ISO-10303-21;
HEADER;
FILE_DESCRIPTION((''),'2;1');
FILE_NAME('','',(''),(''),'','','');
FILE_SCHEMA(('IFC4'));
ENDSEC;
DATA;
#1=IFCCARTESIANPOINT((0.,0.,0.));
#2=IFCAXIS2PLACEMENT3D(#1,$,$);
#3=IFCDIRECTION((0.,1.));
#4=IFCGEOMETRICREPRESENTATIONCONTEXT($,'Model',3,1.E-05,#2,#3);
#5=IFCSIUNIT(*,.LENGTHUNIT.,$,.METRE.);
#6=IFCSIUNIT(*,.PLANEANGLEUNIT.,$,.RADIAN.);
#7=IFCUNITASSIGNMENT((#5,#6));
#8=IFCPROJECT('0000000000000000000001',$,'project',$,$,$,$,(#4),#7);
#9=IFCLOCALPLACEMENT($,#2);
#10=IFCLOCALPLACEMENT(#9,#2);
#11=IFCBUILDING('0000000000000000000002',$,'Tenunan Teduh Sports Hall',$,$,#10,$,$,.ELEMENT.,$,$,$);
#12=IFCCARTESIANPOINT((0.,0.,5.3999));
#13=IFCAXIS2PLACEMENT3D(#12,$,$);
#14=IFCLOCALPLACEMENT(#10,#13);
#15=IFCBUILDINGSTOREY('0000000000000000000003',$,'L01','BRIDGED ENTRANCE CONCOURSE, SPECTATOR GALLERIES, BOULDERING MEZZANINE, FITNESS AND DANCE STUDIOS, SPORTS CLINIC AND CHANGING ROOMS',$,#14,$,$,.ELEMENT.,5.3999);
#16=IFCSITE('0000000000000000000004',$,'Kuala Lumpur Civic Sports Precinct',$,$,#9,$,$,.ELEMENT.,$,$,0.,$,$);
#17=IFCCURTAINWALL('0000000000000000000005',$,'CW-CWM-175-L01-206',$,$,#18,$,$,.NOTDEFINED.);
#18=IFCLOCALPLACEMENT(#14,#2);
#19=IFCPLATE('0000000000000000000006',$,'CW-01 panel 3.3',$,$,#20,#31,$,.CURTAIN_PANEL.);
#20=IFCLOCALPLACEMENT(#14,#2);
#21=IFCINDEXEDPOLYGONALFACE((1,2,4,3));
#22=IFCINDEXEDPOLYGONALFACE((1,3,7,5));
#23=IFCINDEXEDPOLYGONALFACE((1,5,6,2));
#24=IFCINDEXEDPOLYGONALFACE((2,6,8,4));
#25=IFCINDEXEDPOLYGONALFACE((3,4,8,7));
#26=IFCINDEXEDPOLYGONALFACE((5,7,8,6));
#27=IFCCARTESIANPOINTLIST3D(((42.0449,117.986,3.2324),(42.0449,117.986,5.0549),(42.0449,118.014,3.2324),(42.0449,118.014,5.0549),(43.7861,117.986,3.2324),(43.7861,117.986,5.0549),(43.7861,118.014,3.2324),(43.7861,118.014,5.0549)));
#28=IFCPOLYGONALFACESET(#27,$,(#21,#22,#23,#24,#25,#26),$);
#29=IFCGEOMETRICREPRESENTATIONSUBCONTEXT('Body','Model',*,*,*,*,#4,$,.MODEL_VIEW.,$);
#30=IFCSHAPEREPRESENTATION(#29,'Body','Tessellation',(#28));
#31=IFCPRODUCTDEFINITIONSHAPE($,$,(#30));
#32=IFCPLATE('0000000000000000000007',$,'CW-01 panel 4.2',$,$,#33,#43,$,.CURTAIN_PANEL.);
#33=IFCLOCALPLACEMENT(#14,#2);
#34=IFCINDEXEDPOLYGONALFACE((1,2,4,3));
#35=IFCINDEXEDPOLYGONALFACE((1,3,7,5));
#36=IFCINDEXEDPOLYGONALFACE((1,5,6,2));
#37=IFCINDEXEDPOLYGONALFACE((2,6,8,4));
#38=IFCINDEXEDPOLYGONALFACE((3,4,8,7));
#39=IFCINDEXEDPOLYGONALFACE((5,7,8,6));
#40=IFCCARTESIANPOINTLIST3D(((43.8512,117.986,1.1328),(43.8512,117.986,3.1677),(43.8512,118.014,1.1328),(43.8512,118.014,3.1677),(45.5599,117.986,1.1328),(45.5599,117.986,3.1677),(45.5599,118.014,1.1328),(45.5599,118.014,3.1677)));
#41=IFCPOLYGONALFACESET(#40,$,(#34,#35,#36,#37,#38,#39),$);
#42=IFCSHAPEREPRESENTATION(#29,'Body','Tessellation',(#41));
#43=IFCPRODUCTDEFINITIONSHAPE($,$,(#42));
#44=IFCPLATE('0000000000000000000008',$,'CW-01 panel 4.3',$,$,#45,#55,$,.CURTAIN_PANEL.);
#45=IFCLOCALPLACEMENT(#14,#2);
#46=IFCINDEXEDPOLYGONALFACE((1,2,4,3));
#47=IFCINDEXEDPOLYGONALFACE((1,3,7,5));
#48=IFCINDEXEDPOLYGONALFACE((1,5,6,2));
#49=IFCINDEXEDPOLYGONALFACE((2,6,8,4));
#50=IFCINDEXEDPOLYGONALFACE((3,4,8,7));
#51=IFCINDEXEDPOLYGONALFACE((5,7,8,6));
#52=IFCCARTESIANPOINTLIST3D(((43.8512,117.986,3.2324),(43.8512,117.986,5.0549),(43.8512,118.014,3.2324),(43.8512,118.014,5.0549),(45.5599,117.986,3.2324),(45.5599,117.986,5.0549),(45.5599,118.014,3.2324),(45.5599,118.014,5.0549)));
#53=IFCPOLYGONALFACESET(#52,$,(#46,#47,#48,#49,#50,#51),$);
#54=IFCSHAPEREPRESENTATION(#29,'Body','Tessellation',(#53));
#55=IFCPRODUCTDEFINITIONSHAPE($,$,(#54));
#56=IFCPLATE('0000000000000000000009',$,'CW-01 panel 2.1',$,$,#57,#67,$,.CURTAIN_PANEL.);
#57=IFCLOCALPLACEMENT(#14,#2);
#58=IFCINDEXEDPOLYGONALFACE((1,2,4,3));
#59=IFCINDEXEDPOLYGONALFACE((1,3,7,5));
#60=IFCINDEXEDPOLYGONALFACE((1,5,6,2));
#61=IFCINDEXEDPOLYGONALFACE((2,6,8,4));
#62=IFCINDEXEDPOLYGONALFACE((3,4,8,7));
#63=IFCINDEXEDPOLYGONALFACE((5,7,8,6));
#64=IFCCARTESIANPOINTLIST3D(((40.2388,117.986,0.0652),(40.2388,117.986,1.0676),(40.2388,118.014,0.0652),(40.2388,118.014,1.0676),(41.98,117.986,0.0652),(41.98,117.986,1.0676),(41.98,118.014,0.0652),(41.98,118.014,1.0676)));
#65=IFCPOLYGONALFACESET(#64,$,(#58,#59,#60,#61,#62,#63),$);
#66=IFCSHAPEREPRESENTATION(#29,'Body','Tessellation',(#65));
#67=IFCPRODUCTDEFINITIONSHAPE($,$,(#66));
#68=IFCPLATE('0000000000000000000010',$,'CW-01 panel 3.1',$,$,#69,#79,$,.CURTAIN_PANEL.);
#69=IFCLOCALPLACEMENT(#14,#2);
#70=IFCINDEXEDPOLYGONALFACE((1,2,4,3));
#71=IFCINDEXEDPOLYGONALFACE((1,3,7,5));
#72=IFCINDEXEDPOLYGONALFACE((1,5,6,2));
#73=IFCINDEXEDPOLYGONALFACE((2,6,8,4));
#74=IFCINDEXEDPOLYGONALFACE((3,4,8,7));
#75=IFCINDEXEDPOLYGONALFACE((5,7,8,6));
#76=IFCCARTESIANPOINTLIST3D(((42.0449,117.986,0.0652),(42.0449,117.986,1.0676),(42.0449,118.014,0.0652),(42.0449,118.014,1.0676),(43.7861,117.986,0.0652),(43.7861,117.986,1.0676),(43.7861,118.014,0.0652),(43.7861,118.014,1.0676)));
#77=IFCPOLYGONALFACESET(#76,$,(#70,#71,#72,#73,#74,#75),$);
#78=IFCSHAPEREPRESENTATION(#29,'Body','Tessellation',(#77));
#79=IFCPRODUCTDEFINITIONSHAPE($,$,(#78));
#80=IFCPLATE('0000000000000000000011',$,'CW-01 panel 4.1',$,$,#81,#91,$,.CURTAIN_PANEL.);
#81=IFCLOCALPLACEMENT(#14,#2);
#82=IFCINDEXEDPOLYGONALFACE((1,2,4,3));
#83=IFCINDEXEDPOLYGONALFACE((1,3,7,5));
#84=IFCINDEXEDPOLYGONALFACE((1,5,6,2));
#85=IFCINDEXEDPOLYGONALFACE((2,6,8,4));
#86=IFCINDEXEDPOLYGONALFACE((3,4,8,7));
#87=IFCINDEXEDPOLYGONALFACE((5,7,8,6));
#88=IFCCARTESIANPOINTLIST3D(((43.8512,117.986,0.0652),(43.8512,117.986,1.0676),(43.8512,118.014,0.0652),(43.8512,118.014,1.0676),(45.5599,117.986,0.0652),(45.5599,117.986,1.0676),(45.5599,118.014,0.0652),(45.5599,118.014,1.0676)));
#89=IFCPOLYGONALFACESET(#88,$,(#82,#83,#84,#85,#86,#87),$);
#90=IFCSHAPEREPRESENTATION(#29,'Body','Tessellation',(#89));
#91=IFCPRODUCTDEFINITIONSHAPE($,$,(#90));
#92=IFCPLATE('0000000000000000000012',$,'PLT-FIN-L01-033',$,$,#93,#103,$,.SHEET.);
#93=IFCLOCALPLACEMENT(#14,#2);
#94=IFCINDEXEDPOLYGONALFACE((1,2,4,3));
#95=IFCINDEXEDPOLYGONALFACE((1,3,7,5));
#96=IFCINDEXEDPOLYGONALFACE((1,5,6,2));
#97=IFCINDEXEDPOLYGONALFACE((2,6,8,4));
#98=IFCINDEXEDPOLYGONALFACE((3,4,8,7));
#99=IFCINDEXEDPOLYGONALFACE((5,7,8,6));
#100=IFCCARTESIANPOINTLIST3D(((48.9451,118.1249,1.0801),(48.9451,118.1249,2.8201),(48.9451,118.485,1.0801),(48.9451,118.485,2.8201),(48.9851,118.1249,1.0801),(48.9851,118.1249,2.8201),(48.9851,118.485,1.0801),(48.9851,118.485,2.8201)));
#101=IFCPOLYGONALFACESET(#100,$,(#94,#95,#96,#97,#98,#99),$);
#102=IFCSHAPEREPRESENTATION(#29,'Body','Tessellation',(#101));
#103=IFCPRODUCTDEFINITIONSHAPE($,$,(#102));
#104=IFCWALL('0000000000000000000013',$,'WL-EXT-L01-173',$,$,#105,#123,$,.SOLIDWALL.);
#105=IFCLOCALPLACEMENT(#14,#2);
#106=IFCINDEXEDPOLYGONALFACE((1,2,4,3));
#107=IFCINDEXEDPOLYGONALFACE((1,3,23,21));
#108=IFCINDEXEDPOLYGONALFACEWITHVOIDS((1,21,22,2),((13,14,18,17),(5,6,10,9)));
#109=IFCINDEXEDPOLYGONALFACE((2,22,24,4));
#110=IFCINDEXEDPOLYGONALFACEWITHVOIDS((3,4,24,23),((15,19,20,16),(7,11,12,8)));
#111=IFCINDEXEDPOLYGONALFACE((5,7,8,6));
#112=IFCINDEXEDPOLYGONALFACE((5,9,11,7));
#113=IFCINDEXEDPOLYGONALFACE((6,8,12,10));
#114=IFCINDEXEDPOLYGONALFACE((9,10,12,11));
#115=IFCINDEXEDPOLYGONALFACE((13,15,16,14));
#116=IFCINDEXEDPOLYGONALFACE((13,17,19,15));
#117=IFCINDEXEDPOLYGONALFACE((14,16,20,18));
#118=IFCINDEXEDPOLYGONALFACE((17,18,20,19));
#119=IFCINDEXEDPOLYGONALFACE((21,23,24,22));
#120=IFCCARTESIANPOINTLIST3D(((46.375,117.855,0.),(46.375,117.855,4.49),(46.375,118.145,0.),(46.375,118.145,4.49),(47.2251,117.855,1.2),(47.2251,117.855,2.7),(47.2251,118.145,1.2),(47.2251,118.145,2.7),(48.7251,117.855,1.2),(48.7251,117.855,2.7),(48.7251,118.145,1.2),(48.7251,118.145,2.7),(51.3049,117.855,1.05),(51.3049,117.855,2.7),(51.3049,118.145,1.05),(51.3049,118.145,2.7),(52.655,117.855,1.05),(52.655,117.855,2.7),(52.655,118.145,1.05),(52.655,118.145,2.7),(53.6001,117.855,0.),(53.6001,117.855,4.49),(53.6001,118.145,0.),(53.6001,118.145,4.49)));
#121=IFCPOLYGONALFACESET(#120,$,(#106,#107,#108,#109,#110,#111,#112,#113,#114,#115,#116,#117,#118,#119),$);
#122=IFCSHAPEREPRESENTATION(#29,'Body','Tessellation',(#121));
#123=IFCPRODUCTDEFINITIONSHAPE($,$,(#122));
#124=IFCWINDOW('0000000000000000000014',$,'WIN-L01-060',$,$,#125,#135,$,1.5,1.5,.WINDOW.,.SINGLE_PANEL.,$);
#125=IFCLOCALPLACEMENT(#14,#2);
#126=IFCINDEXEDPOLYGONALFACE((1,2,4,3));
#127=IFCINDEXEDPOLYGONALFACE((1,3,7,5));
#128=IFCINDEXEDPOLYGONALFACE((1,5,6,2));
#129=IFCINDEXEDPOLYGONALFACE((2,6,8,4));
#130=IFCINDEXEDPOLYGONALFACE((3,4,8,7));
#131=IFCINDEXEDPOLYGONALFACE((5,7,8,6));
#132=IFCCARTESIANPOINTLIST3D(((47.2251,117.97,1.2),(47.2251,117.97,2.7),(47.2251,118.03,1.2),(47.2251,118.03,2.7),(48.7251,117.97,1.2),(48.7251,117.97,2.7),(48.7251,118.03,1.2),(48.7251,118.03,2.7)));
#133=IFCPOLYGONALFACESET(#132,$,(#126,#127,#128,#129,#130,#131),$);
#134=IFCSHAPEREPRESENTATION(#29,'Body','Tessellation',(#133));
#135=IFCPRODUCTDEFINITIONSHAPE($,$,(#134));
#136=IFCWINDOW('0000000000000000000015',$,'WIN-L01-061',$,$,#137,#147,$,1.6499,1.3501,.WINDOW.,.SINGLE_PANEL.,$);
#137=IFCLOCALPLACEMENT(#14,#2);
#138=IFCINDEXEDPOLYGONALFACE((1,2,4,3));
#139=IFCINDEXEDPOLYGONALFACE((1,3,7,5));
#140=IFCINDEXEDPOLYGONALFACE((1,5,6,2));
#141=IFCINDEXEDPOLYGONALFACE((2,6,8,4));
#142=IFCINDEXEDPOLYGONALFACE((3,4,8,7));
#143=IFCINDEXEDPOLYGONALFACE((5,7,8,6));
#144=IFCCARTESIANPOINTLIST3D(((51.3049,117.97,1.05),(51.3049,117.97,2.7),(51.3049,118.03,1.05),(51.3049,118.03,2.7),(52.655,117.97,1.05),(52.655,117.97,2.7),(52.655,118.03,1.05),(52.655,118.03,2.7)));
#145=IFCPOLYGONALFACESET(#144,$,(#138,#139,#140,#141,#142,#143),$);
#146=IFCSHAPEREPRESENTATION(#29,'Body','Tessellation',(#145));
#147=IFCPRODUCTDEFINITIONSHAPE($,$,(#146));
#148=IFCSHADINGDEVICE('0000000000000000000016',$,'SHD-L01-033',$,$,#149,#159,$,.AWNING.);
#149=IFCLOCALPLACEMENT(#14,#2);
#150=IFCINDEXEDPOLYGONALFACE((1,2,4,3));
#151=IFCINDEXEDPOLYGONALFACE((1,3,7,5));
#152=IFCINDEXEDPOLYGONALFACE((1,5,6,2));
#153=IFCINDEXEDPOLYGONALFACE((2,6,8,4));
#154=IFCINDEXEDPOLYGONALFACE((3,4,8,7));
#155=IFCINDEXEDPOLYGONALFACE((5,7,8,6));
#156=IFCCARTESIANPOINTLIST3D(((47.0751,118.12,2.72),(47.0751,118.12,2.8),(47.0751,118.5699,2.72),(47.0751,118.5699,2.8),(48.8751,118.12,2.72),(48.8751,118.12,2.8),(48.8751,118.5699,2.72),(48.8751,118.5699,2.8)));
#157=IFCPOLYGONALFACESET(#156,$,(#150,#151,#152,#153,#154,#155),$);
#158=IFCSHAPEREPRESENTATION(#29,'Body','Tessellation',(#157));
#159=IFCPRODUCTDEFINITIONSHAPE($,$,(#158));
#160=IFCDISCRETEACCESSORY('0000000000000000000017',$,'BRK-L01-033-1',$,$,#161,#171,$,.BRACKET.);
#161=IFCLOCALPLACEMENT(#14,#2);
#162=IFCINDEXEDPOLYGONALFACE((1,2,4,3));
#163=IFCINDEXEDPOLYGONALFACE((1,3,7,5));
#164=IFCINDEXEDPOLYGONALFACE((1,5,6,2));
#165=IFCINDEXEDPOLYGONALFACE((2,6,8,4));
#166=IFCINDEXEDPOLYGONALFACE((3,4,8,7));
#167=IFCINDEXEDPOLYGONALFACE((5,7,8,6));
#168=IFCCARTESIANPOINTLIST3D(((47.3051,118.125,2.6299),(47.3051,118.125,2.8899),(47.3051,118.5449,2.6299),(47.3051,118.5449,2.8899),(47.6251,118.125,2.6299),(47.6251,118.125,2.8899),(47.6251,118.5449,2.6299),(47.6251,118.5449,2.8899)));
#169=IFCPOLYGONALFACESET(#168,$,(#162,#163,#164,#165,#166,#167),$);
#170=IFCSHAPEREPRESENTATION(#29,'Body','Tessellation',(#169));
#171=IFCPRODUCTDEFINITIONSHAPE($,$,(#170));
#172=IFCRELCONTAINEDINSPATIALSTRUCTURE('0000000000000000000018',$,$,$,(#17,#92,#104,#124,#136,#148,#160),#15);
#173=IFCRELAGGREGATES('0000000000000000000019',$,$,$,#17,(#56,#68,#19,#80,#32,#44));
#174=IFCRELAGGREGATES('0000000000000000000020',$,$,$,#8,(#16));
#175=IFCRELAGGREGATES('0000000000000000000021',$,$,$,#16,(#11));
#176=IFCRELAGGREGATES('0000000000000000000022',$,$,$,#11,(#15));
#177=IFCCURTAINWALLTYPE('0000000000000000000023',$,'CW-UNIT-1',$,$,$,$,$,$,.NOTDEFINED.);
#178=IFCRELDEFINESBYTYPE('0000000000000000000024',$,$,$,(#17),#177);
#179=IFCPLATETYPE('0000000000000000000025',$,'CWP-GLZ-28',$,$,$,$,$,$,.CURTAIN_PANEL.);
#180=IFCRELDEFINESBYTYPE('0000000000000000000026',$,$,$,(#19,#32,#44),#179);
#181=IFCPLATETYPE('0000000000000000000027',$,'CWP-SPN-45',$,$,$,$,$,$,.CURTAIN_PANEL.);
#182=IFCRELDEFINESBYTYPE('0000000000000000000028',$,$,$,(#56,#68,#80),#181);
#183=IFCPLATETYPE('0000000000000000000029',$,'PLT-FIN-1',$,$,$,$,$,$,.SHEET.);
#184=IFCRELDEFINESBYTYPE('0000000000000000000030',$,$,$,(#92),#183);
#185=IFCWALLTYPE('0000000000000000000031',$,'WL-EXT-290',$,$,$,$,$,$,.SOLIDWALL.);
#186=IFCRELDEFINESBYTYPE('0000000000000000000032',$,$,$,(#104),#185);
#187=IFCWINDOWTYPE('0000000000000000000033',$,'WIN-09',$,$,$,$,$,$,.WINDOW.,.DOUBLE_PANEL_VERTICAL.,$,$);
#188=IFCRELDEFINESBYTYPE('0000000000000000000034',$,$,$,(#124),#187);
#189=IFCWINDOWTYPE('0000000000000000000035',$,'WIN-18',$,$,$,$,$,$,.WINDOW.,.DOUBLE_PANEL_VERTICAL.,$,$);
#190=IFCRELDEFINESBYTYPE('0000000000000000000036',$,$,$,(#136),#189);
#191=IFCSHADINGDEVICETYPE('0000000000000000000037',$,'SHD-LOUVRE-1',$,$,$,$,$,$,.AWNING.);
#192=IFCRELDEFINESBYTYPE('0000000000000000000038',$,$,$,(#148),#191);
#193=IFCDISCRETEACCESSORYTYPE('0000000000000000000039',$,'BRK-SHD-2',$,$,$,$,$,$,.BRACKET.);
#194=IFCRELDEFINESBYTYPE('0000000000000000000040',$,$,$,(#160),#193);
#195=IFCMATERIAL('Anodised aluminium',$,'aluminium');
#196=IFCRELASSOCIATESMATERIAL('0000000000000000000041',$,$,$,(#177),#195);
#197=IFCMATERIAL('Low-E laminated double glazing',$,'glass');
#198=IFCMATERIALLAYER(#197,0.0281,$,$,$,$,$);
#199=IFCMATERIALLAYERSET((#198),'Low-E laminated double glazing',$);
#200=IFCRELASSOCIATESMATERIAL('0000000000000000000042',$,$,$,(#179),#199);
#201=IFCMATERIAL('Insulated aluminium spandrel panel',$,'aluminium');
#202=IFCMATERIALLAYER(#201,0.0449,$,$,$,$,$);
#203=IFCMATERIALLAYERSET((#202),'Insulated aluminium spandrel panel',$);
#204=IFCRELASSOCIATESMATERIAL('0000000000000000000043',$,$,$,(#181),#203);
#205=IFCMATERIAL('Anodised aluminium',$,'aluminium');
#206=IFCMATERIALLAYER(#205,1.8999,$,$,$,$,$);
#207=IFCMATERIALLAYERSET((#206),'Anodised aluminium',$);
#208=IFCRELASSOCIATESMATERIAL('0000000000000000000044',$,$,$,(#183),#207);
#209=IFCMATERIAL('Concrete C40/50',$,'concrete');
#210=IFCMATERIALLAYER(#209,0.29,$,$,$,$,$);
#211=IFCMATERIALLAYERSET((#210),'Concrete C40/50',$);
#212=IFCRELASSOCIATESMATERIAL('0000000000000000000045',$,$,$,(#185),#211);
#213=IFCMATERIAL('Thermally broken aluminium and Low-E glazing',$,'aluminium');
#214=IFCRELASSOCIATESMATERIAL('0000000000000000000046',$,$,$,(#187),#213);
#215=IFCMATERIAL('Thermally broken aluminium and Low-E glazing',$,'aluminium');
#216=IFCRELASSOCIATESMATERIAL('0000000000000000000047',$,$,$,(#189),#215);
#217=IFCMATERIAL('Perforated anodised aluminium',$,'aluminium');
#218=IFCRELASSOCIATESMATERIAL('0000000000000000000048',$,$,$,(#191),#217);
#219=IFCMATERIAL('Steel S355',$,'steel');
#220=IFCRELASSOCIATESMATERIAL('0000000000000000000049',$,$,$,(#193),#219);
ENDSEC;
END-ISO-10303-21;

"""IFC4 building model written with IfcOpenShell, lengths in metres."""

from ifc_helpers import new_model, si_unit, direction, frame, frame_2d, origin, origin_2d, place, context, subcontext, project, spatial, rectangle, extrude, material, layer, layer_set, type_object, element, fill, aggregate, save


model = new_model("IFC4")

# Units and contexts
model_context = context("Model", 3, precision=1e-05, world=origin(), true_north=direction((0.0, 1.0)))
body_context = subcontext(model_context, "Body", "Model", "MODEL_VIEW")
ifc_project = project(units=[si_unit("LENGTHUNIT", "METRE"), si_unit("PLANEANGLEUNIT", "RADIAN")], contexts=[model_context])

# Site, building, storey
site_placement = place(None, origin())
site = spatial("IfcSite", under=ifc_project, at=site_placement, Name="Kuala Lumpur Civic Sports Precinct", CompositionType="ELEMENT", RefElevation=0.0)
building_placement = place(site_placement, origin())
building = spatial("IfcBuilding", under=site, at=building_placement, Name="Tenunan Teduh Sports Hall", CompositionType="ELEMENT")
storey_placement = place(building_placement, frame((0.0, 0.0, 5.3999)))
storey = spatial("IfcBuildingStorey", under=building, at=storey_placement, Name="L01", Description="BRIDGED ENTRANCE CONCOURSE, SPECTATOR GALLERIES, BOULDERING MEZZANINE, FITNESS AND DANCE STUDIOS, SPORTS CLINIC AND CHANGING ROOMS", CompositionType="ELEMENT", Elevation=5.3999)

# Curtain wall
ifc_material_1 = material(Name="Anodised aluminium", Category="aluminium")
curtain_wall_type = type_object("IfcCurtainWallType", Name="CW-UNIT-1", PredefinedType="NOTDEFINED", material=ifc_material_1)
curtain_wall_placement = place(storey_placement, origin())
curtain_wall = element("IfcCurtainWall", 1, at=curtain_wall_placement, inside=storey, type_object=curtain_wall_type, Name="CW-CWM-175-L01-206", PredefinedType="NOTDEFINED")

# Plates
ifc_material_2 = material(Name="Low-E laminated double glazing", Category="glass")
ifc_layer_1 = layer(ifc_material_2, 0.0281)
ifc_layer_set_1 = layer_set([ifc_layer_1], Name="Low-E laminated double glazing")
plate_type_1 = type_object("IfcPlateType", Name="CWP-GLZ-28", PredefinedType="CURTAIN_PANEL", material=ifc_layer_set_1)
plate_1_placement = place(storey_placement, frame((42.9155, 118.0, 3.2324), z_axis=(0.0, 0.0, 1.0), x_axis=(1.0, 0.0, 0.0)))
plate_1 = element("IfcPlate", 2, at=plate_1_placement, type_object=plate_type_1, Name="CW-01 panel 3.3", PredefinedType="CURTAIN_PANEL", context=body_context, shape_type="SweptSolid", body=[
    extrude(rectangle(XDim=1.7412, YDim=0.0281, at=origin_2d()), origin(), (0.0, 0.0, 1.0), 1.8225),
])
plate_2_placement = place(storey_placement, frame((44.7056, 118.0, 1.1328), z_axis=(0.0, 0.0, 1.0), x_axis=(1.0, 0.0, 0.0)))
plate_2 = element("IfcPlate", 3, at=plate_2_placement, type_object=plate_type_1, Name="CW-01 panel 4.2", PredefinedType="CURTAIN_PANEL", context=body_context, shape_type="SweptSolid", body=[
    extrude(rectangle(XDim=1.7087, YDim=0.0281, at=origin_2d()), origin(), (0.0, 0.0, 1.0), 2.0349),
])
plate_3_placement = place(storey_placement, frame((44.7056, 118.0, 3.2324), z_axis=(0.0, 0.0, 1.0), x_axis=(1.0, 0.0, 0.0)))
plate_3 = element("IfcPlate", 4, at=plate_3_placement, type_object=plate_type_1, Name="CW-01 panel 4.3", PredefinedType="CURTAIN_PANEL", context=body_context, shape_type="SweptSolid", body=[
    extrude(rectangle(XDim=1.7087, YDim=0.0281, at=origin_2d()), origin(), (0.0, 0.0, 1.0), 1.8225),
])
ifc_material_3 = material(Name="Insulated aluminium spandrel panel", Category="aluminium")
ifc_layer_2 = layer(ifc_material_3, 0.0449)
ifc_layer_set_2 = layer_set([ifc_layer_2], Name="Insulated aluminium spandrel panel")
plate_type_2 = type_object("IfcPlateType", Name="CWP-SPN-45", PredefinedType="CURTAIN_PANEL", material=ifc_layer_set_2)
plate_4_placement = place(storey_placement, frame((41.1094, 118.0, 0.0652), z_axis=(0.0, 0.0, 1.0), x_axis=(1.0, 0.0, 0.0)))
plate_4 = element("IfcPlate", 5, at=plate_4_placement, type_object=plate_type_2, Name="CW-01 panel 2.1", PredefinedType="CURTAIN_PANEL", context=body_context, shape_type="SweptSolid", body=[
    extrude(rectangle(XDim=1.7412, YDim=0.0281, at=origin_2d()), origin(), (0.0, 0.0, 1.0), 1.0024),
])
plate_5_placement = place(storey_placement, frame((42.9155, 118.0, 0.0652), z_axis=(0.0, 0.0, 1.0), x_axis=(1.0, 0.0, 0.0)))
plate_5 = element("IfcPlate", 6, at=plate_5_placement, type_object=plate_type_2, Name="CW-01 panel 3.1", PredefinedType="CURTAIN_PANEL", context=body_context, shape_type="SweptSolid", body=[
    extrude(rectangle(XDim=1.7412, YDim=0.0281, at=origin_2d()), origin(), (0.0, 0.0, 1.0), 1.0024),
])
plate_6_placement = place(storey_placement, frame((44.7056, 118.0, 0.0652), z_axis=(0.0, 0.0, 1.0), x_axis=(1.0, 0.0, 0.0)))
plate_6 = element("IfcPlate", 7, at=plate_6_placement, type_object=plate_type_2, Name="CW-01 panel 4.1", PredefinedType="CURTAIN_PANEL", context=body_context, shape_type="SweptSolid", body=[
    extrude(rectangle(XDim=1.7087, YDim=0.0281, at=origin_2d()), origin(), (0.0, 0.0, 1.0), 1.0024),
])
aggregate(curtain_wall, [plate_4, plate_5, plate_1, plate_6, plate_2, plate_3])
ifc_material_4 = material(Name="Anodised aluminium", Category="aluminium")
ifc_layer_3 = layer(ifc_material_4, 1.8999)
ifc_layer_set_3 = layer_set([ifc_layer_3], Name="Anodised aluminium")
plate_type_3 = type_object("IfcPlateType", Name="PLT-FIN-1", PredefinedType="SHEET", material=ifc_layer_set_3)
plate_7_placement = place(storey_placement, frame((48.9651, 118.3049, 1.0801), z_axis=(0.0, 0.0, 1.0), x_axis=(1.0, 0.0, 0.0)))
element("IfcPlate", 8, at=plate_7_placement, inside=storey, type_object=plate_type_3, Name="PLT-FIN-L01-033", PredefinedType="SHEET", context=body_context, shape_type="SweptSolid", body=[
    extrude(rectangle(XDim=0.04, YDim=0.3601, at=origin_2d()), origin(), (0.0, 0.0, 1.0), 1.74),
])

# Wall, openings, windows
ifc_material_5 = material(Name="Concrete C40/50", Category="concrete")
ifc_layer_4 = layer(ifc_material_5, 0.29)
ifc_layer_set_4 = layer_set([ifc_layer_4], Name="Concrete C40/50")
wall_type = type_object("IfcWallType", Name="WL-EXT-290", PredefinedType="SOLIDWALL", material=ifc_layer_set_4)
wall_placement = place(storey_placement, frame((46.375, 118.0, 0.0), z_axis=(0.0, 0.0, 1.0), x_axis=(1.0, 0.0, 0.0)))
wall = element("IfcWall", 9, at=wall_placement, inside=storey, type_object=wall_type, Name="WL-EXT-L01-173", PredefinedType="SOLIDWALL", context=body_context, shape_type="SweptSolid", body=[
    extrude(rectangle(XDim=7.2251, YDim=0.29, at=frame_2d((3.6125, 0.0))), origin(), (0.0, 0.0, 1.0), 4.49),
])
opening_1_placement = place(wall_placement, frame((0.8501, 0.0, 1.2)))
opening_1 = element("IfcOpeningElement", 10, at=opening_1_placement, cuts=wall, PredefinedType="OPENING", context=body_context, shape_type="SweptSolid", body=[
    extrude(rectangle(XDim=1.5, YDim=1.5, at=frame_2d((0.75, 0.75))), frame((0.0, 0.155, 0.0), z_axis=(0.0, -1.0, 0.0), x_axis=(1.0, 0.0, 0.0)), (0.0, 0.0, 1.0), 0.3101),
])
opening_2_placement = place(wall_placement, frame((4.9299, 0.0, 1.05)))
opening_2 = element("IfcOpeningElement", 11, at=opening_2_placement, cuts=wall, PredefinedType="OPENING", context=body_context, shape_type="SweptSolid", body=[
    extrude(rectangle(XDim=1.3501, YDim=1.6499, at=frame_2d((0.675, 0.825))), frame((0.0, 0.155, 0.0), z_axis=(0.0, -1.0, 0.0), x_axis=(1.0, 0.0, 0.0)), (0.0, 0.0, 1.0), 0.3101),
])
ifc_material_6 = material(Name="Thermally broken aluminium and Low-E glazing", Category="aluminium")
window_type_1 = type_object("IfcWindowType", Name="WIN-09", PartitioningType="DOUBLE_PANEL_VERTICAL", PredefinedType="WINDOW", material=ifc_material_6)
window_1_placement = place(opening_1_placement, origin())
window_1 = element("IfcWindow", 12, at=window_1_placement, inside=storey, type_object=window_type_1, Name="WIN-L01-060", OverallHeight=1.5, OverallWidth=1.5, PartitioningType="SINGLE_PANEL", PredefinedType="WINDOW", context=body_context, shape_type="SweptSolid", body=[
    extrude(rectangle(XDim=1.5, YDim=1.5, at=frame_2d((0.75, 0.75))), frame((0.0, 0.03, 0.0), z_axis=(0.0, -1.0, 0.0), x_axis=(1.0, 0.0, 0.0)), (0.0, 0.0, 1.0), 0.0601),
])
fill(opening_1, window_1)
ifc_material_7 = material(Name="Thermally broken aluminium and Low-E glazing", Category="aluminium")
window_type_2 = type_object("IfcWindowType", Name="WIN-18", PartitioningType="DOUBLE_PANEL_VERTICAL", PredefinedType="WINDOW", material=ifc_material_7)
window_2_placement = place(opening_2_placement, origin())
window_2 = element("IfcWindow", 13, at=window_2_placement, inside=storey, type_object=window_type_2, Name="WIN-L01-061", OverallHeight=1.6499, OverallWidth=1.3501, PartitioningType="SINGLE_PANEL", PredefinedType="WINDOW", context=body_context, shape_type="SweptSolid", body=[
    extrude(rectangle(XDim=1.3501, YDim=1.6499, at=frame_2d((0.675, 0.825))), frame((0.0, 0.03, 0.0), z_axis=(0.0, -1.0, 0.0), x_axis=(1.0, 0.0, 0.0)), (0.0, 0.0, 1.0), 0.0601),
])
fill(opening_2, window_2)

# Shading device
ifc_material_8 = material(Name="Perforated anodised aluminium", Category="aluminium")
shading_device_type = type_object("IfcShadingDeviceType", Name="SHD-LOUVRE-1", PredefinedType="AWNING", material=ifc_material_8)
shading_device_placement = place(storey_placement, frame((47.9751, 118.345, 2.72), z_axis=(0.0, 0.0, 1.0), x_axis=(1.0, 0.0, 0.0)))
element("IfcShadingDevice", 14, at=shading_device_placement, inside=storey, type_object=shading_device_type, Name="SHD-L01-033", PredefinedType="AWNING", context=body_context, shape_type="SweptSolid", body=[
    extrude(rectangle(XDim=1.8, YDim=0.45, at=origin_2d()), origin(), (0.0, 0.0, 1.0), 0.0801),
])

# Discrete accessory
ifc_material_9 = material(Name="Steel S355", Category="steel")
discrete_accessory_type = type_object("IfcDiscreteAccessoryType", Name="BRK-SHD-2", PredefinedType="BRACKET", material=ifc_material_9)
for number, where, z_axis, x_axis, name in (
    (15, (47.4651, 118.335, 2.6299), (0.0, 0.0, 1.0), (1.0, 0.0, 0.0), "BRK-L01-033-1"),
):
    element("IfcDiscreteAccessory", number, at=place(storey_placement, frame(where, z_axis=z_axis, x_axis=x_axis)), inside=storey, type_object=discrete_accessory_type, Name=name, PredefinedType="BRACKET", context=body_context, shape_type="SweptSolid", body=[
        extrude(rectangle(XDim=0.3201, YDim=0.4199, at=origin_2d()), origin(), (0.0, 0.0, 1.0), 0.26),
    ])

save(model, "model.ifc")
